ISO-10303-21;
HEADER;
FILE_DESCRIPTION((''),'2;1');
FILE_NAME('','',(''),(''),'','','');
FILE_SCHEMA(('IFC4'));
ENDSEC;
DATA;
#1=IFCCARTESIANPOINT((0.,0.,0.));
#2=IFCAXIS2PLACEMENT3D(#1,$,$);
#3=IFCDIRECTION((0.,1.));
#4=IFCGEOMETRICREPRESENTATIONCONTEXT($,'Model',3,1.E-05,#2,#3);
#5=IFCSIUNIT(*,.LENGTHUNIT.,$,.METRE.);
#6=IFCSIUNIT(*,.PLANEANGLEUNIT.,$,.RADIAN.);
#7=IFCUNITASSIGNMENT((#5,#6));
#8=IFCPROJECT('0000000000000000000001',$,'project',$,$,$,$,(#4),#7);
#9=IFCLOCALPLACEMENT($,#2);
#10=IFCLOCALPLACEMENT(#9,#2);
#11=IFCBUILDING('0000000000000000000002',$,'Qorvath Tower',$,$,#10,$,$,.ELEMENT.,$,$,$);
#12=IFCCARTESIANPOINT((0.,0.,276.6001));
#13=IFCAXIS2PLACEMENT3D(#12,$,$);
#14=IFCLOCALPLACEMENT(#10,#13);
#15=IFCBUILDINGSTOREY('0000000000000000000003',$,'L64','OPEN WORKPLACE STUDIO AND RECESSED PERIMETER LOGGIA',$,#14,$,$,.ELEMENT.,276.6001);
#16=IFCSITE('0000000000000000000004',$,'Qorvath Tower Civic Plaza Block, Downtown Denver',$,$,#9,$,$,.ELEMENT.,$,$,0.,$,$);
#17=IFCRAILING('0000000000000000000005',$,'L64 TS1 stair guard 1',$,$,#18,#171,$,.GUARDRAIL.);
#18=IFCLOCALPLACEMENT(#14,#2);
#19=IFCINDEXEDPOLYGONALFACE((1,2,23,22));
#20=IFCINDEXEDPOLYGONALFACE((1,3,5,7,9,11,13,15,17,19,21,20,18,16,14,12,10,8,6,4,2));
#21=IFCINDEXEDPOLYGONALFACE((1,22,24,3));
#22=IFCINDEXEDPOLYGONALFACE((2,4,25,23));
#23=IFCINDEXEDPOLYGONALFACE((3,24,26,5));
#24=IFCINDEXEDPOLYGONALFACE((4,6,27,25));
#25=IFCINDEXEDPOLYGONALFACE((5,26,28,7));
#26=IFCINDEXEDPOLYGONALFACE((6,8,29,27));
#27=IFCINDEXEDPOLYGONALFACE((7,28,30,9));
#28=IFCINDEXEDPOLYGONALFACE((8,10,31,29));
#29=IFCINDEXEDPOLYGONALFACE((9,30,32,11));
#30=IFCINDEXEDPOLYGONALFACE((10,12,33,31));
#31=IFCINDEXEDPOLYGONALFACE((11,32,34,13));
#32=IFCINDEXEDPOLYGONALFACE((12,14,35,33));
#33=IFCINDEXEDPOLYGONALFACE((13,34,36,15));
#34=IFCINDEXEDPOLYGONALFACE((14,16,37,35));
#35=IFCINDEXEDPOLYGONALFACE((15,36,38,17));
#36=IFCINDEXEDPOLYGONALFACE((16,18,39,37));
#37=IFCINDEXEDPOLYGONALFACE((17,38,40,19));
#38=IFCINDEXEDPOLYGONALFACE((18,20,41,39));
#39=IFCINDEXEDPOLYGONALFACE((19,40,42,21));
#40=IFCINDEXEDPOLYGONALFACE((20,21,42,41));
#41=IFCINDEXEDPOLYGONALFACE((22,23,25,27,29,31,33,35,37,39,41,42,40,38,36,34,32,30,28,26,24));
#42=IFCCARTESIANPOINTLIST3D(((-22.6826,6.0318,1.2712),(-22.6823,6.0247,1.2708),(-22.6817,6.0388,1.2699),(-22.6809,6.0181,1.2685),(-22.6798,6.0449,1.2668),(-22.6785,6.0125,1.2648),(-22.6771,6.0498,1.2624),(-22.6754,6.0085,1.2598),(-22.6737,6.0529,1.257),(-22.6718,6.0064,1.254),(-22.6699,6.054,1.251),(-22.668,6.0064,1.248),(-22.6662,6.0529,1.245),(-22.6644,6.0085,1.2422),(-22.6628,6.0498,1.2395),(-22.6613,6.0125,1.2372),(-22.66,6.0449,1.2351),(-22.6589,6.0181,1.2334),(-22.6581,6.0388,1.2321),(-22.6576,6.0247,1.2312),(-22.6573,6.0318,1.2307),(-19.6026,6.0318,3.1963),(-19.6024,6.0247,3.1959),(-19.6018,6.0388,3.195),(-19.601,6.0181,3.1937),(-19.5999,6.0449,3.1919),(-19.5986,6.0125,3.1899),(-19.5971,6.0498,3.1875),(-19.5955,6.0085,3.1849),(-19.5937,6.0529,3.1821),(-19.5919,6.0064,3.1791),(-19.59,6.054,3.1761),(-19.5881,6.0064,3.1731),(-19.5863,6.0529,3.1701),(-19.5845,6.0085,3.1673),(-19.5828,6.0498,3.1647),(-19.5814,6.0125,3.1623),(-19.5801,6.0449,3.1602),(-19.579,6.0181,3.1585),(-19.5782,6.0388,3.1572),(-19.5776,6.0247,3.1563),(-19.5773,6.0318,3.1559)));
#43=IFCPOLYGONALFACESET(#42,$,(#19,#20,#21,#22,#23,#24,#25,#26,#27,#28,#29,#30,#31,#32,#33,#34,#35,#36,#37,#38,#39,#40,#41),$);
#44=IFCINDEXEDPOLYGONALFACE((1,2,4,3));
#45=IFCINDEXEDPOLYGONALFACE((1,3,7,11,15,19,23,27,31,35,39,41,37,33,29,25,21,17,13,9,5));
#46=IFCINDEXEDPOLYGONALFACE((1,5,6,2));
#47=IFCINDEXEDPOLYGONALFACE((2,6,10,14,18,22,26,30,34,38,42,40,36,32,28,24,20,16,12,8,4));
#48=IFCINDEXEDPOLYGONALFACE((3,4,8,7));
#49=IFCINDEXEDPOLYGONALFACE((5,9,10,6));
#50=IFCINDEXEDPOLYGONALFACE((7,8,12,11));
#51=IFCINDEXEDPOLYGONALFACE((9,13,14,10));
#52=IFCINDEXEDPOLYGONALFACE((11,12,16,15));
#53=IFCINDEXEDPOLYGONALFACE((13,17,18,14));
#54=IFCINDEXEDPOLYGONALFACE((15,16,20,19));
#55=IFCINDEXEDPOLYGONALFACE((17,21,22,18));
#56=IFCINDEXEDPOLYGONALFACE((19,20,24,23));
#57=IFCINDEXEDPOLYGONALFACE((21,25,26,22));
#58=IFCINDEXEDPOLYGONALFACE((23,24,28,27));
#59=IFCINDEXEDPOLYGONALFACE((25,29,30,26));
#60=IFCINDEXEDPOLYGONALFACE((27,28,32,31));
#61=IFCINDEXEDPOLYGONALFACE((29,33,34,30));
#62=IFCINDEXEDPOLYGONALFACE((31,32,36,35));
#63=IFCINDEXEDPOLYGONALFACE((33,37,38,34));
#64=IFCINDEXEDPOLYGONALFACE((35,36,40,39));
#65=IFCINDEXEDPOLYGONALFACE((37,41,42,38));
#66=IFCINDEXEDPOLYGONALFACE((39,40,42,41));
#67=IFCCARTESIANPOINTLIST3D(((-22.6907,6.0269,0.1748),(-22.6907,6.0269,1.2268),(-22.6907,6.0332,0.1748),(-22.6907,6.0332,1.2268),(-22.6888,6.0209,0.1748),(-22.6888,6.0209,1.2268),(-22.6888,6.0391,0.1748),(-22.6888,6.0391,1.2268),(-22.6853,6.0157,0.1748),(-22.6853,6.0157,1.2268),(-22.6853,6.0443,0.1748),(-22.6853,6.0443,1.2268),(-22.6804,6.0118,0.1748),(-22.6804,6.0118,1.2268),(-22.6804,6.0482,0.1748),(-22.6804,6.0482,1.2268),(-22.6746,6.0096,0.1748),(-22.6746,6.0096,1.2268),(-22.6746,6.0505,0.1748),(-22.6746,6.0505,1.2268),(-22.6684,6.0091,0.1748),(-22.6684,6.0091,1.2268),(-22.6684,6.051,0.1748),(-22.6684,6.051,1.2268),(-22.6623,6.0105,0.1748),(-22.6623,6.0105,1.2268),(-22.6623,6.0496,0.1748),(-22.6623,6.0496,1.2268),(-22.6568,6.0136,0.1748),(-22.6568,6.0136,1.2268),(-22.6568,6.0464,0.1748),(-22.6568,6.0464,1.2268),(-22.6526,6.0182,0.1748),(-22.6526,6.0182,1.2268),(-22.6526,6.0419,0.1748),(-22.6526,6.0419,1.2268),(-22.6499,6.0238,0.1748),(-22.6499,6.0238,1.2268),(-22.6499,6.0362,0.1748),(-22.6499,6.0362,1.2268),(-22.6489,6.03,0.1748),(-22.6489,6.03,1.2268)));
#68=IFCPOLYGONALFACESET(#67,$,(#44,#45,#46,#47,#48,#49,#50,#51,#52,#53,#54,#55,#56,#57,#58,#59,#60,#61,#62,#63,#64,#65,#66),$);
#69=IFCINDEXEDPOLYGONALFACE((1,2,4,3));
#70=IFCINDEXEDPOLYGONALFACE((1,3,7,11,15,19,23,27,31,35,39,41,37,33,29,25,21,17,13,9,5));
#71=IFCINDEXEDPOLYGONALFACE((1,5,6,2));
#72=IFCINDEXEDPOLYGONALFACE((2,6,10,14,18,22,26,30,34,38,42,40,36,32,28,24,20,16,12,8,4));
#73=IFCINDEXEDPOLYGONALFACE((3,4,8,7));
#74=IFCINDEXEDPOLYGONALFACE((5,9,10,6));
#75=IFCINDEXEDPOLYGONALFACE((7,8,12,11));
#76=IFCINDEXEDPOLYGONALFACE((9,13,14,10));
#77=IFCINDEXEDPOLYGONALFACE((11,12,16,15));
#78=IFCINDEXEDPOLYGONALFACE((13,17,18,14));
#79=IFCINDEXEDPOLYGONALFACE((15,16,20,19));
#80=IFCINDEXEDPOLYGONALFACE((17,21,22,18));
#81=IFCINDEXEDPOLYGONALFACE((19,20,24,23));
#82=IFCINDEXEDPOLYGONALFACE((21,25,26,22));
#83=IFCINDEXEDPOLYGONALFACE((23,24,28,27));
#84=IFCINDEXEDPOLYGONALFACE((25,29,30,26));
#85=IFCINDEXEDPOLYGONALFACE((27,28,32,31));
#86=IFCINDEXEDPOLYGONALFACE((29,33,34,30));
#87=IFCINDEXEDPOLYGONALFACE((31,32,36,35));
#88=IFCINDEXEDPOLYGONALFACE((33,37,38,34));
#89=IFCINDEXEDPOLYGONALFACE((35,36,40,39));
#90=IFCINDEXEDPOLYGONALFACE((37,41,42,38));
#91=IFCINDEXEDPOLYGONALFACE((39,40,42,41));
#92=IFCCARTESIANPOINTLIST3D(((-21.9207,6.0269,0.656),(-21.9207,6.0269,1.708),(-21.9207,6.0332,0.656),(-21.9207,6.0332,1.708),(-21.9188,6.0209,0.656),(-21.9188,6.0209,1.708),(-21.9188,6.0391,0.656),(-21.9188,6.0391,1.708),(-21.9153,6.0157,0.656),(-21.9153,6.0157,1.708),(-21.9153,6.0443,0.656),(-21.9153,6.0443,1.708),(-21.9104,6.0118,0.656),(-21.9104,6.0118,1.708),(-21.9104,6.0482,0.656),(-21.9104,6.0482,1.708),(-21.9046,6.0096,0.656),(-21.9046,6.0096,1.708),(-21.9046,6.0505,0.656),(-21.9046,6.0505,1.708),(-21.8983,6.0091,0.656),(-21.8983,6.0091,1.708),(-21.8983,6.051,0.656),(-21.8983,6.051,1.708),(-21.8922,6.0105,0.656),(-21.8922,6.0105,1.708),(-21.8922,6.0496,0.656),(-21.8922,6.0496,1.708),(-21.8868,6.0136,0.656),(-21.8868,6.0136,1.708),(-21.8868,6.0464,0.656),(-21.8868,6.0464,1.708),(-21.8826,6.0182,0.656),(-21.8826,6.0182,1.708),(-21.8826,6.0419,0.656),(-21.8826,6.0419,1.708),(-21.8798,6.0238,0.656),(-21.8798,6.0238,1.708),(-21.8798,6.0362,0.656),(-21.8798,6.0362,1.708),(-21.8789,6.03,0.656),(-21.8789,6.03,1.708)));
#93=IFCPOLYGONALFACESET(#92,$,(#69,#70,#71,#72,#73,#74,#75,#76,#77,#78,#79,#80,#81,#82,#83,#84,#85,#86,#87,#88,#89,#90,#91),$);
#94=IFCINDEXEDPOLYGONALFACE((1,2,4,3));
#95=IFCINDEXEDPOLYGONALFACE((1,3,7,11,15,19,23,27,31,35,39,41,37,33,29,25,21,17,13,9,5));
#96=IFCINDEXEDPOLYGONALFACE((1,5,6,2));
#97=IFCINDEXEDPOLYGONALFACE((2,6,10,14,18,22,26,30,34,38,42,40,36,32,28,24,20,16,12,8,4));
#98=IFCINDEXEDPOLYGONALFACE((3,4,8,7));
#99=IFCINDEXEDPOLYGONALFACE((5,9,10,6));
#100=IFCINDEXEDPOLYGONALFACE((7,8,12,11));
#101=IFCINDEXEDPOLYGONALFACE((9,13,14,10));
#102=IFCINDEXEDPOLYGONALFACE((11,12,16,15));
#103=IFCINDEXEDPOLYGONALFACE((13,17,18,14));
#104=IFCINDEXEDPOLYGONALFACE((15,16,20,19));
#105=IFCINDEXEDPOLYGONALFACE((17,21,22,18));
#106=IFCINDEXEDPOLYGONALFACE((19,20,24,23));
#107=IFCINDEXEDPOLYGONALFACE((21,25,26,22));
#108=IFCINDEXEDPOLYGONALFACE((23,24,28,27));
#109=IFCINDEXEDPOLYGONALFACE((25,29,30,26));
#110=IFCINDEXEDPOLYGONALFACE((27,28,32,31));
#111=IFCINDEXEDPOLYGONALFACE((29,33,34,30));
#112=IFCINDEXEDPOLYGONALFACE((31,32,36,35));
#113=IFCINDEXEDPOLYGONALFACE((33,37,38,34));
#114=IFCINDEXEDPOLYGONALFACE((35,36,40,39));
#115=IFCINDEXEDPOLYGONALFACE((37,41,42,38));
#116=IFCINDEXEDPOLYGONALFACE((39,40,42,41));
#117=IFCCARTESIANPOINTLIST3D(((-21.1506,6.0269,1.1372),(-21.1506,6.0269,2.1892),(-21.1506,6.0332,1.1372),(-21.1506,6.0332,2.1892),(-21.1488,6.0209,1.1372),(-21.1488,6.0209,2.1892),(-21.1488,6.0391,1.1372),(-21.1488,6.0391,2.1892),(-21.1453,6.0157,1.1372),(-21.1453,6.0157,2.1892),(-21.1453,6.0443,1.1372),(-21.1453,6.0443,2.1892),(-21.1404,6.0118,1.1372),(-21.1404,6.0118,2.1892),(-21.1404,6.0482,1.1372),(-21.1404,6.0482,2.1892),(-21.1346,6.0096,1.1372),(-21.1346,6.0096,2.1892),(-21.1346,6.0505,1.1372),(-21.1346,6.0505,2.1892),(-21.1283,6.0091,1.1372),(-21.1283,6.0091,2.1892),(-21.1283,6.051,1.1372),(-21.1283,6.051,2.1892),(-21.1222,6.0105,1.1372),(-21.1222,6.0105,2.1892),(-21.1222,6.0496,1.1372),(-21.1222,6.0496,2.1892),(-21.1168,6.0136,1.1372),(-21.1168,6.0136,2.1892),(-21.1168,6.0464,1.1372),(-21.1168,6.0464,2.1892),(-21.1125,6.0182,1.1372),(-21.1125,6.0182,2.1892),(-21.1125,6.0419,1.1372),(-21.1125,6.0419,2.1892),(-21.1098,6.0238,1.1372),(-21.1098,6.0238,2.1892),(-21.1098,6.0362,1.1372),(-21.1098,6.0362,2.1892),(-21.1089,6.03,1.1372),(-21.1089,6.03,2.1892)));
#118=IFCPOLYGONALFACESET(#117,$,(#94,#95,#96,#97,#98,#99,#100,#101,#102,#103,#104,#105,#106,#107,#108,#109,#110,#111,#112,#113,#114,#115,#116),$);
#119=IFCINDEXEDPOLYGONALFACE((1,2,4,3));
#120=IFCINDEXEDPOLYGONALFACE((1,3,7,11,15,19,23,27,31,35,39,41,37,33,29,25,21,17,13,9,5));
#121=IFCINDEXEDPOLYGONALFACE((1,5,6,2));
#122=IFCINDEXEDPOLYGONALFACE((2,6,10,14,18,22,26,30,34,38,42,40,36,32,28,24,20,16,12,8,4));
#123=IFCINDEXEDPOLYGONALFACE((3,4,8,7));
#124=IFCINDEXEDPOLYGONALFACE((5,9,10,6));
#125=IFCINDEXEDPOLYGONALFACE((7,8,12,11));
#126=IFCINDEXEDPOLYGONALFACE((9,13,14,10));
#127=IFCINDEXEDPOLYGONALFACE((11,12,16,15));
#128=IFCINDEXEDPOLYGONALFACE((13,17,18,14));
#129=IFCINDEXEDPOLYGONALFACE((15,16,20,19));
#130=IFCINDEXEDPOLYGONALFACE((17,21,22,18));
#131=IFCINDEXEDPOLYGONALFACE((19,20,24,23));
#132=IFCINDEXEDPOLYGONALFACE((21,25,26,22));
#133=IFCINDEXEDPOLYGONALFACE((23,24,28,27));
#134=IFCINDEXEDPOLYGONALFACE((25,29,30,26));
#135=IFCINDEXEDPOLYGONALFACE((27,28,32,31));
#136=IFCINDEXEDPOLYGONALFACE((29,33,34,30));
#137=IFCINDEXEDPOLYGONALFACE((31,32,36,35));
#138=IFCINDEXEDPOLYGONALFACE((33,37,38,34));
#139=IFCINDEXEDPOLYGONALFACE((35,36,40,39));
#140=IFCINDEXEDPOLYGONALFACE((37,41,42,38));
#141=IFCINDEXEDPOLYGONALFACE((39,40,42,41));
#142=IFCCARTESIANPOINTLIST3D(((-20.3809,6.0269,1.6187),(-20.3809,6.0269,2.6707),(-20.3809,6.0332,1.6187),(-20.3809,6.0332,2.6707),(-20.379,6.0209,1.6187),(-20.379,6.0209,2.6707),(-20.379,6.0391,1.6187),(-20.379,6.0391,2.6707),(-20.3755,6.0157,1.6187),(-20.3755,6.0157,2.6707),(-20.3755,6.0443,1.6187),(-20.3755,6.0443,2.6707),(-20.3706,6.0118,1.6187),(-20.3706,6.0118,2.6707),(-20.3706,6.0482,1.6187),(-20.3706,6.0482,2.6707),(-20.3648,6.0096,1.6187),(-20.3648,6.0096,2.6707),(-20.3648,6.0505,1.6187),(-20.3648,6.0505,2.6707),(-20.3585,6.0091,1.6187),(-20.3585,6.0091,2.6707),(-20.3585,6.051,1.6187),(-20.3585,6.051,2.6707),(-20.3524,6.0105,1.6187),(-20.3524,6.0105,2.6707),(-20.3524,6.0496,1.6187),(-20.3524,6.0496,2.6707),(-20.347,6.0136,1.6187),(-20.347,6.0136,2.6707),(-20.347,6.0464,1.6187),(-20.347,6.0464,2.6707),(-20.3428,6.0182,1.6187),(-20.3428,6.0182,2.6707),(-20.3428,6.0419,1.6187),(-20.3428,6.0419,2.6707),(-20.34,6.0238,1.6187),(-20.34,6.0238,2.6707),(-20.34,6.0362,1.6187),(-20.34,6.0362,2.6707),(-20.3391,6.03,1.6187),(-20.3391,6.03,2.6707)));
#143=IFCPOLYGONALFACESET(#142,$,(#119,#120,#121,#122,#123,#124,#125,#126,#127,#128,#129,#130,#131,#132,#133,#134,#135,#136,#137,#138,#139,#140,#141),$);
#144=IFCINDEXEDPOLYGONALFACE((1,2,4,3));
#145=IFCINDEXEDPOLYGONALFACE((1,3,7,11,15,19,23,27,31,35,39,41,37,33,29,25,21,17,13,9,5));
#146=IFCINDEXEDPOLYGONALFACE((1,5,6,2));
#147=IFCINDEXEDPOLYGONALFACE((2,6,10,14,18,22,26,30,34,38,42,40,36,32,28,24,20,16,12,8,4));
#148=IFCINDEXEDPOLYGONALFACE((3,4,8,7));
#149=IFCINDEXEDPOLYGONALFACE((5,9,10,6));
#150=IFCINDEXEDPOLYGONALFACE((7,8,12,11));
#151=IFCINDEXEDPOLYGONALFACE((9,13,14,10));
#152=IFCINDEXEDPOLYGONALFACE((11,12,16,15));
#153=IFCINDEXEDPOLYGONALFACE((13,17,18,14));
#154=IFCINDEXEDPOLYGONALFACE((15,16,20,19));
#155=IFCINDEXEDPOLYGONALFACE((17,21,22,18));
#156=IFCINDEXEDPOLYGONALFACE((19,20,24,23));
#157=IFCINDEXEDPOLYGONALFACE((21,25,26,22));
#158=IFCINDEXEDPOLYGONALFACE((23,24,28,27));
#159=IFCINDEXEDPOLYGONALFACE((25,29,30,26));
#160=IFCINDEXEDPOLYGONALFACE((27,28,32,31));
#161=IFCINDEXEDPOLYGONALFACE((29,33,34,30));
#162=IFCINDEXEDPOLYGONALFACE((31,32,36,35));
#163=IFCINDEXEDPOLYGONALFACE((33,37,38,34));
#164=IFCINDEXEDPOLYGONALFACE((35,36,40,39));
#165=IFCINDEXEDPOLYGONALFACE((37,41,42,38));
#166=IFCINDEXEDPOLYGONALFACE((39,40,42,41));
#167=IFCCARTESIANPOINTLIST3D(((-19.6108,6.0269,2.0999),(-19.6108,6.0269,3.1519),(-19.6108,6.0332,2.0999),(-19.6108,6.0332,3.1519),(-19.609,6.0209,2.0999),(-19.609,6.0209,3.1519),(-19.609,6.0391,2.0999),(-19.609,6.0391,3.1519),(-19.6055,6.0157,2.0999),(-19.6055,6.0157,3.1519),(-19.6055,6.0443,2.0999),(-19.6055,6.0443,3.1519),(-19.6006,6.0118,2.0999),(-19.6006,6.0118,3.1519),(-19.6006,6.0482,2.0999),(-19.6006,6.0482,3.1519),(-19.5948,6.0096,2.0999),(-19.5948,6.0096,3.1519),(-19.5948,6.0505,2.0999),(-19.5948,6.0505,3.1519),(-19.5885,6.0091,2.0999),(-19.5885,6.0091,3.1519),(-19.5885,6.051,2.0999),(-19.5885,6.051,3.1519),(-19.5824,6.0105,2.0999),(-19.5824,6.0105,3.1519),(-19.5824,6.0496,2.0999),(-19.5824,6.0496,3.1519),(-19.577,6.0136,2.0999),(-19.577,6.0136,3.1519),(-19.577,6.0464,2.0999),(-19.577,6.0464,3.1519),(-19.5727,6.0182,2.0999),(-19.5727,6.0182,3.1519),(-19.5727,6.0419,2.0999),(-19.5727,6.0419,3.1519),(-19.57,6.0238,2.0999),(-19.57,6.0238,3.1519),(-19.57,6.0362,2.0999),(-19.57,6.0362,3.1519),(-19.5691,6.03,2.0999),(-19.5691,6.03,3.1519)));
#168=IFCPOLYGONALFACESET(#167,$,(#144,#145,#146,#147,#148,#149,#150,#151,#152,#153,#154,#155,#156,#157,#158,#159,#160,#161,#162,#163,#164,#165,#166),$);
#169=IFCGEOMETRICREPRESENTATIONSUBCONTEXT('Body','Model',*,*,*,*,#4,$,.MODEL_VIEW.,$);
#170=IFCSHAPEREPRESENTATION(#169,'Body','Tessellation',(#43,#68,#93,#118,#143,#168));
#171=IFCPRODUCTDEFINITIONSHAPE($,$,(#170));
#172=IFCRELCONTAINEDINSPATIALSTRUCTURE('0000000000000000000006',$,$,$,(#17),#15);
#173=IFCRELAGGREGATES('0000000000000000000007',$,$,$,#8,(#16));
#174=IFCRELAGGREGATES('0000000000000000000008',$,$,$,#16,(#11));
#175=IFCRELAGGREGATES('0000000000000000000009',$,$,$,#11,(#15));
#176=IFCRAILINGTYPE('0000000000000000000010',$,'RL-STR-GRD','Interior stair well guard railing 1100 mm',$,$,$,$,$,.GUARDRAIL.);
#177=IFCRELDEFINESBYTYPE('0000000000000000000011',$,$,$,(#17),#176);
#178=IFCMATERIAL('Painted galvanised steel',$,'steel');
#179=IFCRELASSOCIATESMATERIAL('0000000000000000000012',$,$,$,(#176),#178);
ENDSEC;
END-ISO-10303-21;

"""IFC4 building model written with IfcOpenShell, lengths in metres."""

from ifc_helpers import new_model, si_unit, direction, frame, origin, origin_2d, place, context, subcontext, project, spatial, circle, extrude, material, type_object, element, save


model = new_model("IFC4")

# Units and contexts
model_context = context("Model", 3, precision=1e-05, world=origin(), true_north=direction((0.0, 1.0)))
body_context = subcontext(model_context, "Body", "Model", "MODEL_VIEW")
ifc_project = project(units=[si_unit("LENGTHUNIT", "METRE"), si_unit("PLANEANGLEUNIT", "RADIAN")], contexts=[model_context])

# Site, building, storey
site_placement = place(None, origin())
site = spatial("IfcSite", under=ifc_project, at=site_placement, Name="Qorvath Tower Civic Plaza Block, Downtown Denver", CompositionType="ELEMENT", RefElevation=0.0)
building_placement = place(site_placement, origin())
building = spatial("IfcBuilding", under=site, at=building_placement, Name="Qorvath Tower", CompositionType="ELEMENT")
storey_placement = place(building_placement, frame((0.0, 0.0, 276.6001)))
storey = spatial("IfcBuildingStorey", under=building, at=storey_placement, Name="L64", Description="OPEN WORKPLACE STUDIO AND RECESSED PERIMETER LOGGIA", CompositionType="ELEMENT", Elevation=276.6001)

# Railing
ifc_material_1 = material(Name="Painted galvanised steel", Category="steel")
railing_type_1 = type_object("IfcRailingType", Name="RL-STR-GRD", Description="Interior stair well guard railing 1100 mm", PredefinedType="GUARDRAIL", material=ifc_material_1)
railing_1_placement = place(storey_placement, frame((-22.6699, 6.03, 0.1748)))
element("IfcRailing", 1, at=railing_1_placement, inside=storey, type_object=railing_type_1, Name="L64 TS1 stair guard 1", PredefinedType="GUARDRAIL", context=body_context, shape_type="SweptSolid", body=[
    extrude(circle(Radius=0.0239, at=origin_2d()), frame((0.0, 0.0, 1.0762), z_axis=(0.847979, 0.0, 0.530029), x_axis=(0.0, 1.0, 0.0)), (0.0, 0.0, 1.0), 3.6321),
    extrude(circle(Radius=0.021, at=origin_2d()), origin(), (0.0, 0.0, 1.0), 1.052),
    extrude(circle(Radius=0.021, at=origin_2d()), frame((0.77, 0.0, 0.4812)), (0.0, 0.0, 1.0), 1.052),
    extrude(circle(Radius=0.021, at=origin_2d()), frame((1.54, 0.0, 0.9624)), (0.0, 0.0, 1.0), 1.052),
    extrude(circle(Radius=0.021, at=origin_2d()), frame((2.3098, 0.0, 1.4438)), (0.0, 0.0, 1.0), 1.052),
    extrude(circle(Radius=0.021, at=origin_2d()), frame((3.0798, 0.0, 1.925)), (0.0, 0.0, 1.0), 1.052),
])

save(model, "model.ifc")
